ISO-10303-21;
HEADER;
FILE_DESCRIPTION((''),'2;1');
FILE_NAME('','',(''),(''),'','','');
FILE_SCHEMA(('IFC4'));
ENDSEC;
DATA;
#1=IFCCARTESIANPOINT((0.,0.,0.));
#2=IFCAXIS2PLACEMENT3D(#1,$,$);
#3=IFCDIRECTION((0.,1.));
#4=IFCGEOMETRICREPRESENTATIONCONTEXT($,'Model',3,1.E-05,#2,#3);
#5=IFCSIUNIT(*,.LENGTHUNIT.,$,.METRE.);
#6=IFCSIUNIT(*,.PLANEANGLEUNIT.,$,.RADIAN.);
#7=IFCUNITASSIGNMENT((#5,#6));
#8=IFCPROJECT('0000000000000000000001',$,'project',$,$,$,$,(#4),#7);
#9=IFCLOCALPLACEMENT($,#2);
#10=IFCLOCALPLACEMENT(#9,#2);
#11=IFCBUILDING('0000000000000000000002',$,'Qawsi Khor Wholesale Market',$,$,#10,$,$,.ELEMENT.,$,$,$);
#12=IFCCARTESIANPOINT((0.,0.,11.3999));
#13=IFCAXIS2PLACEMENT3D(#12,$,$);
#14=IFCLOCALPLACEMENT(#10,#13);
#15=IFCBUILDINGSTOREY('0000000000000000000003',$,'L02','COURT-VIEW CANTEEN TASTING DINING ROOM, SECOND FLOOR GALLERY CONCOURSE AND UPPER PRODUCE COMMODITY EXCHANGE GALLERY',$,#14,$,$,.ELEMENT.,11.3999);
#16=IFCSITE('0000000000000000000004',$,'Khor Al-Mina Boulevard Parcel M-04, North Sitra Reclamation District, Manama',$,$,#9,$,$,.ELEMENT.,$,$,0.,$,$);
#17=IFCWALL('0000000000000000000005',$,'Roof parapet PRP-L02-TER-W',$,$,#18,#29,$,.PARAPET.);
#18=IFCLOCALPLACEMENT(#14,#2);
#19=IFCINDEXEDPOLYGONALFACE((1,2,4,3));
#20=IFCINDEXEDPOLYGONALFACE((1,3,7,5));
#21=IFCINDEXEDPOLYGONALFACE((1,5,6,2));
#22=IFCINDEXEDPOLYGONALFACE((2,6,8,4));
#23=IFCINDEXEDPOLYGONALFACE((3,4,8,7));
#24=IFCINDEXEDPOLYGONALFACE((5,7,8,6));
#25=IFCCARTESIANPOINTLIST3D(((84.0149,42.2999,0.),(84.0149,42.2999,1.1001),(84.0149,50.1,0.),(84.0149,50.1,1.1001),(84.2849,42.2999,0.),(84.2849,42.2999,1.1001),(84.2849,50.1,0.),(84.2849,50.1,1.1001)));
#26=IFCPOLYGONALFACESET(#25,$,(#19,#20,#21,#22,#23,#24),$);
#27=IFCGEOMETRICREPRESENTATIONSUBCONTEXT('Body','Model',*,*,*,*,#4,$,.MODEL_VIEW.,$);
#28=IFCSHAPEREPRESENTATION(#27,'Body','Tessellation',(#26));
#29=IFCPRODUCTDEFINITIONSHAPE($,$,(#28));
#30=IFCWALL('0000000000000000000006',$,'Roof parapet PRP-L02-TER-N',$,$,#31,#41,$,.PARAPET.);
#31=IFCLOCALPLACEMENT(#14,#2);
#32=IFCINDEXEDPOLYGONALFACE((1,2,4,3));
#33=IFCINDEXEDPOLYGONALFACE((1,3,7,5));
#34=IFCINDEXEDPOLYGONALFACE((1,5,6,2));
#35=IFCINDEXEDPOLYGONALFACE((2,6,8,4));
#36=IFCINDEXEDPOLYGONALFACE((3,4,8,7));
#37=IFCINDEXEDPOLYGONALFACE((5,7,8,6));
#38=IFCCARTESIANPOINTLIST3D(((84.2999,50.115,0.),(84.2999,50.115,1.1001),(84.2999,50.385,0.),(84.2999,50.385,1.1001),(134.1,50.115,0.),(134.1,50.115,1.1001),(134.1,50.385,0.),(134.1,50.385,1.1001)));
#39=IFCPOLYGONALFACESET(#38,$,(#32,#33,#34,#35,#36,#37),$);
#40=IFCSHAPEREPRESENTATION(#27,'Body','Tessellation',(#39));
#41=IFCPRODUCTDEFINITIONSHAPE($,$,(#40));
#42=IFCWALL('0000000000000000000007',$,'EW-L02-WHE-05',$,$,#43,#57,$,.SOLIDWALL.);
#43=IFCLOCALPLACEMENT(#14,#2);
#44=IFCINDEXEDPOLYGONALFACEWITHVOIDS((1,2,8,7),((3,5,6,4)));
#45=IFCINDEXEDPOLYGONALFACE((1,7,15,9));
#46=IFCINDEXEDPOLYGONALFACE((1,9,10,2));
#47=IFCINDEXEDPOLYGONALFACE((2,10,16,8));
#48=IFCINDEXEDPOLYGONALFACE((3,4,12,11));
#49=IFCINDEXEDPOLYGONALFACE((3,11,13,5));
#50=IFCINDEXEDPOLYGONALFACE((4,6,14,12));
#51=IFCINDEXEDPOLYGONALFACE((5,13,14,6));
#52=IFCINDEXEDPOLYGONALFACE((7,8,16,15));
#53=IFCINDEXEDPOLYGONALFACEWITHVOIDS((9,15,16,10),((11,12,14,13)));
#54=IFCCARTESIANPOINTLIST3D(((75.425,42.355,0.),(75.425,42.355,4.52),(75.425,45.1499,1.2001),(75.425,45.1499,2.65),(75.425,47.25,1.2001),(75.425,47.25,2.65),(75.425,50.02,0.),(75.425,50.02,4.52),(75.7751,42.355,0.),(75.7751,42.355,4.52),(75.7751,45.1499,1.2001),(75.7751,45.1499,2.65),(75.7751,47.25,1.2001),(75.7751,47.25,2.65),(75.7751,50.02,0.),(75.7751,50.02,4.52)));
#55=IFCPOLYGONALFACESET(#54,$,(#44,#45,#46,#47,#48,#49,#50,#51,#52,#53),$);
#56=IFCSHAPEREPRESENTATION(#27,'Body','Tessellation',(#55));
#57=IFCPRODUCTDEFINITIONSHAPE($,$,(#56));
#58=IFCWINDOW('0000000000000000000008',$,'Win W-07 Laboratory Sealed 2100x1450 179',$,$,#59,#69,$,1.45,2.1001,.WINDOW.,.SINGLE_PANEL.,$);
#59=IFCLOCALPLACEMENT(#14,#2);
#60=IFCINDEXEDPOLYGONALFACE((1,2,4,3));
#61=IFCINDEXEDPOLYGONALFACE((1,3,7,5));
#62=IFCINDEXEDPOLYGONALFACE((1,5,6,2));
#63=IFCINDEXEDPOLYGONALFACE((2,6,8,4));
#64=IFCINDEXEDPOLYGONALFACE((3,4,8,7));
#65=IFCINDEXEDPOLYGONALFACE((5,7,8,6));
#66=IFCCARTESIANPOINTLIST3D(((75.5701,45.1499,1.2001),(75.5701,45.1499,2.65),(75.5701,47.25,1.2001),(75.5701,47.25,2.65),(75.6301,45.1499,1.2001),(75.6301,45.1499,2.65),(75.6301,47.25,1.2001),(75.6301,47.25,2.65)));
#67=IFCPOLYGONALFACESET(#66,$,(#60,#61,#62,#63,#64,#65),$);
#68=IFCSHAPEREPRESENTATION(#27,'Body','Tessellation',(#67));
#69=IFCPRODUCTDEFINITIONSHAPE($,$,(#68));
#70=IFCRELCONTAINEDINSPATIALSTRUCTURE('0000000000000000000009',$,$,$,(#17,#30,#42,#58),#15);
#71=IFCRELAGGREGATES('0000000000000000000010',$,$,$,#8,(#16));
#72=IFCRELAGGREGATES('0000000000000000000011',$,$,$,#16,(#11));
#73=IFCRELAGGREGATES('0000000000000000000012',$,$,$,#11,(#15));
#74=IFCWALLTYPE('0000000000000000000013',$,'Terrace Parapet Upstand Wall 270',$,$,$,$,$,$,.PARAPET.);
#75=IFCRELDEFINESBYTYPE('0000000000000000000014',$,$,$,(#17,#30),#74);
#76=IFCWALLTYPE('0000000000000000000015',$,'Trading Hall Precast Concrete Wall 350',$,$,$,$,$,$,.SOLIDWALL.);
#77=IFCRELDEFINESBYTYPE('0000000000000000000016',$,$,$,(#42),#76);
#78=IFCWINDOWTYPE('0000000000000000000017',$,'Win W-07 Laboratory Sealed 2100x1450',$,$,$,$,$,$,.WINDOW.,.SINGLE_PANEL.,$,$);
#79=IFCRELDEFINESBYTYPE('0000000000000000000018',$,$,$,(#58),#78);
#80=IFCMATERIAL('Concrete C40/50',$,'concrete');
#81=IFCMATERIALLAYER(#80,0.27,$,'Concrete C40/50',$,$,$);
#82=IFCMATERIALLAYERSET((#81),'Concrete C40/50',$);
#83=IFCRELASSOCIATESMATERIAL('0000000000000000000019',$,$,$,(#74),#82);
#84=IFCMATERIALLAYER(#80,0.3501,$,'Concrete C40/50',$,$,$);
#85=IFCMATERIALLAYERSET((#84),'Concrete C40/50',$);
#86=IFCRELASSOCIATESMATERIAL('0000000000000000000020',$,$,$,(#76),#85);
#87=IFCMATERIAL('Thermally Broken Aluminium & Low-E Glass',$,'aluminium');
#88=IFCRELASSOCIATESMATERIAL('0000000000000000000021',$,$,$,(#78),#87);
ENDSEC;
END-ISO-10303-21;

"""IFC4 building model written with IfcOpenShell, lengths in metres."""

from ifc_helpers import new_model, si_unit, direction, frame, frame_2d, origin, place, context, subcontext, project, spatial, rectangle, extrude, material, layer, layer_set, type_object, element, fill, save


model = new_model("IFC4")

# Units and contexts
model_context = context("Model", 3, precision=1e-05, world=origin(), true_north=direction((0.0, 1.0)))
body_context = subcontext(model_context, "Body", "Model", "MODEL_VIEW")
ifc_project = project(units=[si_unit("LENGTHUNIT", "METRE"), si_unit("PLANEANGLEUNIT", "RADIAN")], contexts=[model_context])

# Site, building, storey
site_placement = place(None, origin())
site = spatial("IfcSite", under=ifc_project, at=site_placement, Name="Khor Al-Mina Boulevard Parcel M-04, North Sitra Reclamation District, Manama", CompositionType="ELEMENT", RefElevation=0.0)
building_placement = place(site_placement, origin())
building = spatial("IfcBuilding", under=site, at=building_placement, Name="Qawsi Khor Wholesale Market", CompositionType="ELEMENT")
storey_placement = place(building_placement, frame((0.0, 0.0, 11.3999)))
storey = spatial("IfcBuildingStorey", under=building, at=storey_placement, Name="L02", Description="COURT-VIEW CANTEEN TASTING DINING ROOM, SECOND FLOOR GALLERY CONCOURSE AND UPPER PRODUCE COMMODITY EXCHANGE GALLERY", CompositionType="ELEMENT", Elevation=11.3999)

# Walls
ifc_material_1 = material(Name="Concrete C40/50", Category="concrete")
ifc_layer_1 = layer(ifc_material_1, 0.27, Name="Concrete C40/50")
ifc_layer_set_1 = layer_set([ifc_layer_1], Name="Concrete C40/50")
wall_type_1 = type_object("IfcWallType", Name="Terrace Parapet Upstand Wall 270", PredefinedType="PARAPET", material=ifc_layer_set_1)
wall_1_placement = place(storey_placement, frame((84.1499, 42.3, 0.0), z_axis=(0.0, 0.0, 1.0), x_axis=(0.0, 1.0, 0.0)))
element("IfcWall", 1, at=wall_1_placement, inside=storey, type_object=wall_type_1, Name="Roof parapet PRP-L02-TER-W", PredefinedType="PARAPET", context=body_context, shape_type="SweptSolid", body=[
    extrude(rectangle(XDim=7.8, YDim=0.27, at=frame_2d((3.8999, 0.0))), origin(), (0.0, 0.0, 1.0), 1.1001),
])
wall_2_placement = place(storey_placement, frame((84.3, 50.25, 0.0), z_axis=(0.0, 0.0, 1.0), x_axis=(1.0, 0.0, 0.0)))
element("IfcWall", 2, at=wall_2_placement, inside=storey, type_object=wall_type_1, Name="Roof parapet PRP-L02-TER-N", PredefinedType="PARAPET", context=body_context, shape_type="SweptSolid", body=[
    extrude(rectangle(XDim=49.8, YDim=0.27, at=frame_2d((24.8999, 0.0))), origin(), (0.0, 0.0, 1.0), 1.1001),
])

# Wall, opening, window
ifc_layer_2 = layer(ifc_material_1, 0.3501, Name="Concrete C40/50")
ifc_layer_set_2 = layer_set([ifc_layer_2], Name="Concrete C40/50")
wall_type_2 = type_object("IfcWallType", Name="Trading Hall Precast Concrete Wall 350", PredefinedType="SOLIDWALL", material=ifc_layer_set_2)
wall_3_placement = place(storey_placement, frame((75.6001, 50.02, 0.0), z_axis=(0.0, 0.0, 1.0), x_axis=(0.0, -1.0, 0.0)))
wall_3 = element("IfcWall", 3, at=wall_3_placement, inside=storey, type_object=wall_type_2, Name="EW-L02-WHE-05", PredefinedType="SOLIDWALL", context=body_context, shape_type="SweptSolid", body=[
    extrude(rectangle(XDim=7.665, YDim=0.3501, at=frame_2d((3.8325, 0.0))), origin(), (0.0, 0.0, 1.0), 4.52),
])
opening_placement = place(wall_3_placement, frame((2.77, 0.0, 1.2)))
opening = element("IfcOpeningElement", 4, at=opening_placement, cuts=wall_3, PredefinedType="OPENING", context=body_context, shape_type="SweptSolid", body=[
    extrude(rectangle(XDim=2.1001, YDim=1.45, at=frame_2d((1.05, 0.7251))), frame((0.0, 0.1851, 0.0), z_axis=(0.0, -1.0, 0.0), x_axis=(1.0, 0.0, 0.0)), (0.0, 0.0, 1.0), 0.3701),
])
ifc_material_2 = material(Name="Thermally Broken Aluminium & Low-E Glass", Category="aluminium")
window_type = type_object("IfcWindowType", Name="Win W-07 Laboratory Sealed 2100x1450", PartitioningType="SINGLE_PANEL", PredefinedType="WINDOW", material=ifc_material_2)
window_placement = place(opening_placement, origin())
window = element("IfcWindow", 5, at=window_placement, inside=storey, type_object=window_type, Name="Win W-07 Laboratory Sealed 2100x1450 179", OverallHeight=1.45, OverallWidth=2.1001, PartitioningType="SINGLE_PANEL", PredefinedType="WINDOW", context=body_context, shape_type="SweptSolid", body=[
    extrude(rectangle(XDim=2.1001, YDim=1.45, at=frame_2d((1.05, 0.7251))), frame((0.0, 0.03, 0.0), z_axis=(0.0, -1.0, 0.0), x_axis=(1.0, 0.0, 0.0)), (0.0, 0.0, 1.0), 0.0601),
])
fill(opening, window)

save(model, "model.ifc")
